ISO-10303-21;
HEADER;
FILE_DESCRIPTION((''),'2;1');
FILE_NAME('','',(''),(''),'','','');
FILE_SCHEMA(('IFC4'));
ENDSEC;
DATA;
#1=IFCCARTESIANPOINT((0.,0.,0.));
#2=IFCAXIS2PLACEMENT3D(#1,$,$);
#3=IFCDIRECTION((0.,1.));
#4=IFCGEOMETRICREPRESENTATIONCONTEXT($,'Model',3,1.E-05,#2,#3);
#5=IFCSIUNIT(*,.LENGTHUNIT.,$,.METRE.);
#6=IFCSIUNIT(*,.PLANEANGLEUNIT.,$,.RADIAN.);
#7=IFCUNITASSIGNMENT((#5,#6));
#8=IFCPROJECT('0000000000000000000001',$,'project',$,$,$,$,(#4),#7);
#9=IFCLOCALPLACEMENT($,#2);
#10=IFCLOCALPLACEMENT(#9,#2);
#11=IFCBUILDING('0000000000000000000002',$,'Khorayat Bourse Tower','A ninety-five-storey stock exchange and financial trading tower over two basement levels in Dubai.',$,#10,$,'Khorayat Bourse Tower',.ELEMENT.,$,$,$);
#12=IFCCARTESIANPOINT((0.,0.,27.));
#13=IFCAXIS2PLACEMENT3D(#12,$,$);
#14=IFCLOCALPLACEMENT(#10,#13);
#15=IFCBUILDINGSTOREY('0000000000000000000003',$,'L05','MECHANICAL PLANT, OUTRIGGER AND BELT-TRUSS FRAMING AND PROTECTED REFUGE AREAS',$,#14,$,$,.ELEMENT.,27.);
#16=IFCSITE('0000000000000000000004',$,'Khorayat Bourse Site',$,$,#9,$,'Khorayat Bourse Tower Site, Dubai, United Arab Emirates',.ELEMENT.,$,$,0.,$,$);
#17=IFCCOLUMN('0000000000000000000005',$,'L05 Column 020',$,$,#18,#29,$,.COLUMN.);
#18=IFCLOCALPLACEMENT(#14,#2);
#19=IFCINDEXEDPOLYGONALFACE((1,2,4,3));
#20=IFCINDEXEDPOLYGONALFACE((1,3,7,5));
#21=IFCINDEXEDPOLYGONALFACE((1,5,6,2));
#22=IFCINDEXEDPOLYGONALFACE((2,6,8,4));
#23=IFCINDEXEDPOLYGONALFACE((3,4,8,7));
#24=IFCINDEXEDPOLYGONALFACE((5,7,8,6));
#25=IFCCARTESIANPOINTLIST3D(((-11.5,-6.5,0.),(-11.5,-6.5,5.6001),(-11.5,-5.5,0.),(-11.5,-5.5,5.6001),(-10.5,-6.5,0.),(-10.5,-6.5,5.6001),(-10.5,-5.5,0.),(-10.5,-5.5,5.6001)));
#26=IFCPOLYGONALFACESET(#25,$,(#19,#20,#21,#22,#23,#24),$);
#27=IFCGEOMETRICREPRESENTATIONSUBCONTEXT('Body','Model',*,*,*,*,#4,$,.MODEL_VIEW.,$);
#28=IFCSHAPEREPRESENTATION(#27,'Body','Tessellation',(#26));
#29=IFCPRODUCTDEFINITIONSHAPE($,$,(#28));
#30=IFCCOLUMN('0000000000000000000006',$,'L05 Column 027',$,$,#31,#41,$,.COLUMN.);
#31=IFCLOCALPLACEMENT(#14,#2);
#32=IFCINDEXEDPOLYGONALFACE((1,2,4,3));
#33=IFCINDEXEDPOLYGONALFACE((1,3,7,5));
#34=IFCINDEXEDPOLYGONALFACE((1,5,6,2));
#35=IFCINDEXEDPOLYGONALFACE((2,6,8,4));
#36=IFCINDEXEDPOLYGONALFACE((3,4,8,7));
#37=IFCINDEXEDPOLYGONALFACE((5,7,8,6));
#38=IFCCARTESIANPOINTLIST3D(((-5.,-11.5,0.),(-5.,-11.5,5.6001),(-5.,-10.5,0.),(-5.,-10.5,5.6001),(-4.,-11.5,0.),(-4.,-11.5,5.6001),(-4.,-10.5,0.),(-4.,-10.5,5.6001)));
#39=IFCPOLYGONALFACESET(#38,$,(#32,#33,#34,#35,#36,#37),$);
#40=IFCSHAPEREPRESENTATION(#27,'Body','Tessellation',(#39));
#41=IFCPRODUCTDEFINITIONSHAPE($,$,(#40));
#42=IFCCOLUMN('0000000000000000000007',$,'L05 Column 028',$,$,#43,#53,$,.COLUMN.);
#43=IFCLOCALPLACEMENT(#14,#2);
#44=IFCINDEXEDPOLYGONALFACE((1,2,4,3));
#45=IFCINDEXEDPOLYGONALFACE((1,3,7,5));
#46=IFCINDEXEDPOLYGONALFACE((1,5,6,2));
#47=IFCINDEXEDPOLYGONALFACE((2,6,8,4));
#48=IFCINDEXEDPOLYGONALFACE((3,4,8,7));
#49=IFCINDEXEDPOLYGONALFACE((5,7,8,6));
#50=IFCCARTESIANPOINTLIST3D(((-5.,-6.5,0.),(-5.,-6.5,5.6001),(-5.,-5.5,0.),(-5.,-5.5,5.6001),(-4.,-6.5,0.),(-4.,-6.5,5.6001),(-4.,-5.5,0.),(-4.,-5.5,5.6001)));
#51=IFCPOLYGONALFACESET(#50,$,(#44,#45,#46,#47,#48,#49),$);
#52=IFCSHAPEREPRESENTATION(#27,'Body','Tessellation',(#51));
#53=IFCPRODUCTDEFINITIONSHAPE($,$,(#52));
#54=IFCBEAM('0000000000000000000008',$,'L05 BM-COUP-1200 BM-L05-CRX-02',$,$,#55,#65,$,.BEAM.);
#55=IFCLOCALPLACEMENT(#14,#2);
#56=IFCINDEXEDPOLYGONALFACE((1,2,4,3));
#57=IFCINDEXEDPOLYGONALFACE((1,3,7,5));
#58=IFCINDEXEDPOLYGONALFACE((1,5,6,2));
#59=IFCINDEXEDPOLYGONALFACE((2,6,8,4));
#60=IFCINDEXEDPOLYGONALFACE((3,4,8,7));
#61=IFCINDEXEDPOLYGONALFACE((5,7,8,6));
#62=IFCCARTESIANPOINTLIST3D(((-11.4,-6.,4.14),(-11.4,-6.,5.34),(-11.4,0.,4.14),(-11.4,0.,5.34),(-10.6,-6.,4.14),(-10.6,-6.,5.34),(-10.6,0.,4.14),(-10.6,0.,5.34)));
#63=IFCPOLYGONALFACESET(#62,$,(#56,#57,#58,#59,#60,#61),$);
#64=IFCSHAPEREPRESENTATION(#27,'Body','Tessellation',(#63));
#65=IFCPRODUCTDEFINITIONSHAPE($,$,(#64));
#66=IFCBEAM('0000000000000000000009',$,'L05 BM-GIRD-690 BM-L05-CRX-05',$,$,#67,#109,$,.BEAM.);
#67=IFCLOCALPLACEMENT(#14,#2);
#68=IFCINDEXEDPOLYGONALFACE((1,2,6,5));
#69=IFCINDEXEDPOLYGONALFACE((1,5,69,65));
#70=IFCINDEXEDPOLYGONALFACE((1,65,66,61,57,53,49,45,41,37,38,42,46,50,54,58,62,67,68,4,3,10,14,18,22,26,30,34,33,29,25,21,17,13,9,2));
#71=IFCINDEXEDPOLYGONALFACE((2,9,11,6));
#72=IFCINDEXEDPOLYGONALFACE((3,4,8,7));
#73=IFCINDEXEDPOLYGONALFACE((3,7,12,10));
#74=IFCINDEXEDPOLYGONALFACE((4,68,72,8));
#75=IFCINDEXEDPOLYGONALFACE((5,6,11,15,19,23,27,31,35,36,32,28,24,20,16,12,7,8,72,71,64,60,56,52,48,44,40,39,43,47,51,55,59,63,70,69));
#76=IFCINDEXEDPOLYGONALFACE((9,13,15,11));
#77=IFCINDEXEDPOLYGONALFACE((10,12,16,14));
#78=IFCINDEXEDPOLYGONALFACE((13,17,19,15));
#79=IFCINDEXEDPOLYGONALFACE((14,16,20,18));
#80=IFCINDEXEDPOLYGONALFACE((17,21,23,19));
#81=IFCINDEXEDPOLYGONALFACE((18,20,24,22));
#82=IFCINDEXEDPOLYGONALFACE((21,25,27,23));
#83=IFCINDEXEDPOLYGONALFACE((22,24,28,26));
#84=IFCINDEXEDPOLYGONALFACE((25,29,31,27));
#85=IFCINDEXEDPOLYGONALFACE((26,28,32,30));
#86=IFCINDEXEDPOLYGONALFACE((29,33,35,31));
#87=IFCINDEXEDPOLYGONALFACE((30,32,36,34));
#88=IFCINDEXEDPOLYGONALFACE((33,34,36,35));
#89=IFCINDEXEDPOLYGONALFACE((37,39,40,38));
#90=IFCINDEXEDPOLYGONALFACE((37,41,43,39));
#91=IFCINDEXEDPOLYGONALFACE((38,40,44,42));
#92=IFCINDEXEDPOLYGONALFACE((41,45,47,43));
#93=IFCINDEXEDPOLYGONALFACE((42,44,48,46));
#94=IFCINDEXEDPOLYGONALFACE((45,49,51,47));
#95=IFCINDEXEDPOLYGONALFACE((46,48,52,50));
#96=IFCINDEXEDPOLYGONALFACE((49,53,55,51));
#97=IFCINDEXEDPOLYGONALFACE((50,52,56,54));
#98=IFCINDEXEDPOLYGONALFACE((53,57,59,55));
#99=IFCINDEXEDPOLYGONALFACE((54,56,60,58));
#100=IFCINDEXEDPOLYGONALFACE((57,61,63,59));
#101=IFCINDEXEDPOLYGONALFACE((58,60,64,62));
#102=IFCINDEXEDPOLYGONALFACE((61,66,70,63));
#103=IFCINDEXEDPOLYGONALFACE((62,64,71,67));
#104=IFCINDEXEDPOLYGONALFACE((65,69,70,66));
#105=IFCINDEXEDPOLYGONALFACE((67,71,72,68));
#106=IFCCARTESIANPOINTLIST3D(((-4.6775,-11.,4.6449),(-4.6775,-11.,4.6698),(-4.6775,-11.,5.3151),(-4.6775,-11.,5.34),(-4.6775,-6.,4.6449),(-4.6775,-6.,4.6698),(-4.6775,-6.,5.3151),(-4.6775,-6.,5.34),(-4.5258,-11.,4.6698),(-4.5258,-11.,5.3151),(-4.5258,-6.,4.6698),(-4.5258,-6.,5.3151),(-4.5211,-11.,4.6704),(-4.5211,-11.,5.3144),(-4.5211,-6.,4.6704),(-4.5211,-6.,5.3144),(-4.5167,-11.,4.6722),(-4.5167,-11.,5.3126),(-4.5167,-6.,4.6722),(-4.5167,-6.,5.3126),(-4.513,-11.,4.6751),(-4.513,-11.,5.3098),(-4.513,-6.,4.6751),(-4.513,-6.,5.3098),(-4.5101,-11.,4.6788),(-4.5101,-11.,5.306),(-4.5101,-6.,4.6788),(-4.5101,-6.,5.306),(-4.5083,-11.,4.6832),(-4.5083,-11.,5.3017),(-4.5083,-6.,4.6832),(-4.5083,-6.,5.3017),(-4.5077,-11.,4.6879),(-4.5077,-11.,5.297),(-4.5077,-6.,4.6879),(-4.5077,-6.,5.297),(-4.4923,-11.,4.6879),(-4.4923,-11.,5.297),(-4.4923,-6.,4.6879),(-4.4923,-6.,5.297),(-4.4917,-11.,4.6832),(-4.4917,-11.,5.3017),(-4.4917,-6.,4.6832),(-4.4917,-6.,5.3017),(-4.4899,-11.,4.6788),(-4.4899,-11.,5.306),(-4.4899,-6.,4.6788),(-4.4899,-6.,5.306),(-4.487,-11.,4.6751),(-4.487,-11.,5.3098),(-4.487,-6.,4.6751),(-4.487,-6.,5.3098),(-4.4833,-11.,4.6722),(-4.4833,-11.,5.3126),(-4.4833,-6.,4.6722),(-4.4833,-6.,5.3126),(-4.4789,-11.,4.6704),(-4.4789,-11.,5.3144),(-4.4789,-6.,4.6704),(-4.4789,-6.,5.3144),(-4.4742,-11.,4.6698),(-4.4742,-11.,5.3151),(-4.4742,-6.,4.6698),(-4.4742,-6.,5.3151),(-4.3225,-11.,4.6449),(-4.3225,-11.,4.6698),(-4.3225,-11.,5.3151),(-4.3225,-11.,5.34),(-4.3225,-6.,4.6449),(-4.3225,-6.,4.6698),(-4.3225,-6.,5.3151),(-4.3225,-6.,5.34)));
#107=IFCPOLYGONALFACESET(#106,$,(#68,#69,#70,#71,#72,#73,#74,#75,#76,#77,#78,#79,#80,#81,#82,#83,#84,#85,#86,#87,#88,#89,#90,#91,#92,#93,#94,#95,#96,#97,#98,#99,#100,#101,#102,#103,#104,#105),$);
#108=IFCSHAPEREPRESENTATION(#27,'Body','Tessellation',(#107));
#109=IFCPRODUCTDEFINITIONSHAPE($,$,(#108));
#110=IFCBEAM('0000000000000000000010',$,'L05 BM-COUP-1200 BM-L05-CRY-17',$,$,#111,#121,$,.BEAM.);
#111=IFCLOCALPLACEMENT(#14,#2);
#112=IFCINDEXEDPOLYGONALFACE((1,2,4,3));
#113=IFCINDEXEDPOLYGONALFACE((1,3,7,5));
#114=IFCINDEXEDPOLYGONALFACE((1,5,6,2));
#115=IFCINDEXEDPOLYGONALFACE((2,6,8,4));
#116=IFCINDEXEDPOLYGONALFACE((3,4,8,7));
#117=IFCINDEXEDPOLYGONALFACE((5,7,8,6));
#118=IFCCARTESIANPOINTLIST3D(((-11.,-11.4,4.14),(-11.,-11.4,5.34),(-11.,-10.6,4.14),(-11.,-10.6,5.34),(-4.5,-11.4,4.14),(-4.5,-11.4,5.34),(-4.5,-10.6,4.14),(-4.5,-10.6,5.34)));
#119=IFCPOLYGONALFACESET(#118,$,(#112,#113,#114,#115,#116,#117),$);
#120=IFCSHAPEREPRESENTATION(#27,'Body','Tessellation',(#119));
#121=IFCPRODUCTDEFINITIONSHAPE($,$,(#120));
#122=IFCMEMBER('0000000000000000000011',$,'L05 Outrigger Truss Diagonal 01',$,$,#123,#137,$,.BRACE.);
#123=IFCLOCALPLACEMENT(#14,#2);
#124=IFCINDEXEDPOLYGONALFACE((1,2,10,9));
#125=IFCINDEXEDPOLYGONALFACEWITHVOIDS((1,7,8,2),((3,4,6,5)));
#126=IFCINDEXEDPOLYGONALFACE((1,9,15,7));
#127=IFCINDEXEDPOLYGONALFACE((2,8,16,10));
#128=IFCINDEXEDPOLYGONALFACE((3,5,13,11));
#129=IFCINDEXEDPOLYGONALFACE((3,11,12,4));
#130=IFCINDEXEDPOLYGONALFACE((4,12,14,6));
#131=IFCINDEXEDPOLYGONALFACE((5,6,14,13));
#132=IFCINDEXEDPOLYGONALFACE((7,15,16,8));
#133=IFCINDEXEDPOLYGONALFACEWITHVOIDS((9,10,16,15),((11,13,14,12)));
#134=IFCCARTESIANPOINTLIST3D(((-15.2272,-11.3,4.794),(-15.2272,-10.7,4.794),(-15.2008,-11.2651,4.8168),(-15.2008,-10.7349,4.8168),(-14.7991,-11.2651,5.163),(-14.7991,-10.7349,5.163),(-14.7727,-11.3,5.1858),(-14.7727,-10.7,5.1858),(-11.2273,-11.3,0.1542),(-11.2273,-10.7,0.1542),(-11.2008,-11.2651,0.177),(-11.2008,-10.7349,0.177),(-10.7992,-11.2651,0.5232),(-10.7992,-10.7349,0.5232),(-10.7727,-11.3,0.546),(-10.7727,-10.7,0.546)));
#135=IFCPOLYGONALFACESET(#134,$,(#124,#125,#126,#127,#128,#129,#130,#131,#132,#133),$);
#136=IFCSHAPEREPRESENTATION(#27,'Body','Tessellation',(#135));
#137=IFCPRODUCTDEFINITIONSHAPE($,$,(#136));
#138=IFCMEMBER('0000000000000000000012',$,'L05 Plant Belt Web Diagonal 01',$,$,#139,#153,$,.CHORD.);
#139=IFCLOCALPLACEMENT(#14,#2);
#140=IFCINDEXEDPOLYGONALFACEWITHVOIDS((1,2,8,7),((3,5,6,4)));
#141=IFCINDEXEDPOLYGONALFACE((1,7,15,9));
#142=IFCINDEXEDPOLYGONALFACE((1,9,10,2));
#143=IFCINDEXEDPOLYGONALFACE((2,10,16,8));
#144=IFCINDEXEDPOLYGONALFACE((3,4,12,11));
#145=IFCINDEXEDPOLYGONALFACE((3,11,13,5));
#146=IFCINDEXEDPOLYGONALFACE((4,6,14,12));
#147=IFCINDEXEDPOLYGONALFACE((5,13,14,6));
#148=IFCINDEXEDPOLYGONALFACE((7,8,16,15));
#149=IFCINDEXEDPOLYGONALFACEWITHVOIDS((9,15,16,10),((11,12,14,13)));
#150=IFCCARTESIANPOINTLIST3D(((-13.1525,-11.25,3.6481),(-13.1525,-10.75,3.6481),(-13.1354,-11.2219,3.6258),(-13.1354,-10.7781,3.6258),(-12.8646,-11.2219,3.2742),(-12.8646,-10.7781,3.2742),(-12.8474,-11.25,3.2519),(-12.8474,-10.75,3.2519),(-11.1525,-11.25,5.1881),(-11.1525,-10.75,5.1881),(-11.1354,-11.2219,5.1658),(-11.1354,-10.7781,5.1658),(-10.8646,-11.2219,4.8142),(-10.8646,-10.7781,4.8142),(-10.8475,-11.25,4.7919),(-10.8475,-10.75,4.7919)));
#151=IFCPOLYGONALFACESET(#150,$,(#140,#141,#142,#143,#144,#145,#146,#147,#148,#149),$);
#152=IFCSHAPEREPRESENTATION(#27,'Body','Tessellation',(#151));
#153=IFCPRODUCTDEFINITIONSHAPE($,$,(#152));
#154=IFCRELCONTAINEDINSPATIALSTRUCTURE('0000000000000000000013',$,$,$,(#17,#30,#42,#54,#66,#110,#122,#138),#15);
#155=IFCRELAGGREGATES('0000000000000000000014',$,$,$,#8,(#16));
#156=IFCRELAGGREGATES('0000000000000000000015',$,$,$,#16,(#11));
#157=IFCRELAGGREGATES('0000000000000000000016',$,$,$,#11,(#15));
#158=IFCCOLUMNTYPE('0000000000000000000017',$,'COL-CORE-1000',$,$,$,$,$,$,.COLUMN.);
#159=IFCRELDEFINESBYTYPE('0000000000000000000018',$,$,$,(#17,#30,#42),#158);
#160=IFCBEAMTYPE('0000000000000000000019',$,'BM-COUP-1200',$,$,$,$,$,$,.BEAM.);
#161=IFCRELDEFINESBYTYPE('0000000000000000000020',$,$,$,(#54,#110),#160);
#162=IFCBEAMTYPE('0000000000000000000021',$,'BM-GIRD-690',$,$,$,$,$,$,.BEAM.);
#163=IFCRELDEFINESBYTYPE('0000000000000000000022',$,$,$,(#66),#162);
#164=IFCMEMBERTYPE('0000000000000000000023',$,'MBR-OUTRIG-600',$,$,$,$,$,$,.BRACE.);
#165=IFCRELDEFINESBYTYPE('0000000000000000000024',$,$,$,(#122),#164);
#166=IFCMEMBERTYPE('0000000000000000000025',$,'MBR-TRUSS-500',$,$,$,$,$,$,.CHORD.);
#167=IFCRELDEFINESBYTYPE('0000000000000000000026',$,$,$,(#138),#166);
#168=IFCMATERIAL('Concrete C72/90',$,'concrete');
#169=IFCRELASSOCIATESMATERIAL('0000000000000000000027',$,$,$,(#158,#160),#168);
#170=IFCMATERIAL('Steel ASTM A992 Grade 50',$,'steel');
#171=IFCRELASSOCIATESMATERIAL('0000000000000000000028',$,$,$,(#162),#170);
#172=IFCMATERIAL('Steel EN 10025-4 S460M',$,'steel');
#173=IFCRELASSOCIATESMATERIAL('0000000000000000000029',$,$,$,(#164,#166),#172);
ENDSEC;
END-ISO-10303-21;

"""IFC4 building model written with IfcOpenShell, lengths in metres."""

from ifc_helpers import new_model, si_unit, direction, frame, origin, origin_2d, place, context, subcontext, project, spatial, rectangle, hollow_rectangle, i_section, extrude, source, transform, mapped, material, material_profile, profile_set, type_object, element, save


model = new_model("IFC4")

# Units and contexts
model_context = context("Model", 3, precision=1e-05, world=origin(), true_north=direction((0.0, 1.0)))
body_context = subcontext(model_context, "Body", "Model", "MODEL_VIEW")
ifc_project = project(units=[si_unit("LENGTHUNIT", "METRE"), si_unit("PLANEANGLEUNIT", "RADIAN")], contexts=[model_context])

# Site, building, storey
site_placement = place(None, origin())
site = spatial("IfcSite", under=ifc_project, at=site_placement, Name="Khorayat Bourse Site", LongName="Khorayat Bourse Tower Site, Dubai, United Arab Emirates", CompositionType="ELEMENT", RefElevation=0.0)
building_placement = place(site_placement, origin())
building = spatial("IfcBuilding", under=site, at=building_placement, Name="Khorayat Bourse Tower", Description="A ninety-five-storey stock exchange and financial trading tower over two basement levels in Dubai.", LongName="Khorayat Bourse Tower", CompositionType="ELEMENT")
storey_placement = place(building_placement, frame((0.0, 0.0, 27.0)))
storey = spatial("IfcBuildingStorey", under=building, at=storey_placement, Name="L05", Description="MECHANICAL PLANT, OUTRIGGER AND BELT-TRUSS FRAMING AND PROTECTED REFUGE AREAS", CompositionType="ELEMENT", Elevation=27.0)

# Columns
ifc_material_1 = material(Name="Concrete C72/90", Category="concrete")
ifc_material_profile_1 = material_profile(ifc_material_1, rectangle(XDim=1.0, YDim=1.0, at=origin_2d()), Name="RC 1000x1000")
ifc_profile_set_1 = profile_set([ifc_material_profile_1], Name="Concrete C72/90")
column_type = type_object("IfcColumnType", Name="COL-CORE-1000", PredefinedType="COLUMN", material=ifc_profile_set_1)
shared_shape_1 = source(origin(), body_context, "Body", "SweptSolid", [
    extrude(rectangle(XDim=1.0, YDim=1.0, at=origin_2d()), origin(), (0.0, 0.0, 1.0), 5.6001),
])
for number, where, z_axis, x_axis, name in (
    (1, (-11.0, -6.0, 0.0), (0.0, 0.0, 1.0), (1.0, 0.0, 0.0), "L05 Column 020"),
    (2, (-4.5, -11.0, 0.0), (0.0, 0.0, 1.0), (1.0, 0.0, 0.0), "L05 Column 027"),
    (3, (-4.5, -6.0, 0.0), (0.0, 0.0, 1.0), (1.0, 0.0, 0.0), "L05 Column 028"),
):
    element("IfcColumn", number, at=place(storey_placement, frame(where, z_axis=z_axis, x_axis=x_axis)), inside=storey, type_object=column_type, Name=name, PredefinedType="COLUMN", context=body_context, shape_type="MappedRepresentation", body=[
        mapped(shared_shape_1, transform((0.0, 0.0, 0.0), scale=1.0)),
    ])

# Beams
ifc_material_profile_2 = material_profile(ifc_material_1, rectangle(XDim=0.8, YDim=1.2, at=origin_2d()), Name="RC 800x1200")
ifc_profile_set_2 = profile_set([ifc_material_profile_2], Name="Concrete C72/90")
beam_type_1 = type_object("IfcBeamType", Name="BM-COUP-1200", PredefinedType="BEAM", material=ifc_profile_set_2)
shared_shape_2 = source(origin(), body_context, "Body", "SweptSolid", [
    extrude(rectangle(XDim=0.8, YDim=1.2, at=origin_2d()), origin(), (0.0, 0.0, 1.0), 6.0),
])
beam_1_placement = place(storey_placement, frame((-11.0, -6.0, 4.74), z_axis=(0.0, 1.0, 0.0), x_axis=(-1.0, 0.0, 0.0)))
element("IfcBeam", 4, at=beam_1_placement, inside=storey, type_object=beam_type_1, Name="L05 BM-COUP-1200 BM-L05-CRX-02", PredefinedType="BEAM", context=body_context, shape_type="MappedRepresentation", body=[
    mapped(shared_shape_2, transform((0.0, 0.0, 0.0), scale=1.0)),
])
ifc_material_2 = material(Name="Steel ASTM A992 Grade 50", Category="steel")
ifc_material_profile_3 = material_profile(ifc_material_2, i_section(OverallWidth=0.355, OverallDepth=0.6951, WebThickness=0.0154, FlangeThickness=0.0249, FilletRadius=0.0181, at=origin_2d()), Name="W690X217")
ifc_profile_set_3 = profile_set([ifc_material_profile_3], Name="Steel ASTM A992 Grade 50")
beam_type_2 = type_object("IfcBeamType", Name="BM-GIRD-690", PredefinedType="BEAM", material=ifc_profile_set_3)
shared_shape_3 = source(origin(), body_context, "Body", "SweptSolid", [
    extrude(i_section(OverallWidth=0.355, OverallDepth=0.6951, WebThickness=0.0154, FlangeThickness=0.0249, FilletRadius=0.0181, at=origin_2d()), origin(), (0.0, 0.0, 1.0), 5.0),
])
beam_2_placement = place(storey_placement, frame((-4.5, -11.0, 4.9924), z_axis=(0.0, 1.0, 0.0), x_axis=(-1.0, 0.0, 0.0)))
element("IfcBeam", 5, at=beam_2_placement, inside=storey, type_object=beam_type_2, Name="L05 BM-GIRD-690 BM-L05-CRX-05", PredefinedType="BEAM", context=body_context, shape_type="MappedRepresentation", body=[
    mapped(shared_shape_3, transform((0.0, 0.0, 0.0), scale=1.0)),
])
shared_shape_4 = source(origin(), body_context, "Body", "SweptSolid", [
    extrude(rectangle(XDim=0.8, YDim=1.2, at=origin_2d()), origin(), (0.0, 0.0, 1.0), 6.5),
])
beam_3_placement = place(storey_placement, frame((-11.0, -11.0, 4.74), z_axis=(1.0, 0.0, 0.0), x_axis=(0.0, 1.0, 0.0)))
element("IfcBeam", 6, at=beam_3_placement, inside=storey, type_object=beam_type_1, Name="L05 BM-COUP-1200 BM-L05-CRY-17", PredefinedType="BEAM", context=body_context, shape_type="MappedRepresentation", body=[
    mapped(shared_shape_4, transform((0.0, 0.0, 0.0), scale=1.0)),
])

# Members
ifc_material_3 = material(Name="Steel EN 10025-4 S460M", Category="steel")
ifc_material_profile_4 = material_profile(ifc_material_3, hollow_rectangle(XDim=0.6001, YDim=0.6001, WallThickness=0.0349, at=origin_2d()), Name="BOX 600x600x35")
ifc_profile_set_4 = profile_set([ifc_material_profile_4], Name="Steel EN 10025-4 S460M")
member_type_1 = type_object("IfcMemberType", Name="MBR-OUTRIG-600", PredefinedType="BRACE", material=ifc_profile_set_4)
shared_shape_5 = source(origin(), body_context, "Body", "SweptSolid", [
    extrude(hollow_rectangle(XDim=0.6001, YDim=0.6001, WallThickness=0.0349, at=origin_2d()), origin(), (0.0, 0.0, 1.0), 6.126),
])
member_1_placement = place(storey_placement, frame((-11.0, -11.0, 0.3501), z_axis=(-0.652948, 0.0, 0.757402), x_axis=(0.0, -1.0, 0.0)))
element("IfcMember", 7, at=member_1_placement, inside=storey, type_object=member_type_1, Name="L05 Outrigger Truss Diagonal 01", PredefinedType="BRACE", context=body_context, shape_type="MappedRepresentation", body=[
    mapped(shared_shape_5, transform((0.0, 0.0, 0.0), scale=1.0)),
])
ifc_material_profile_5 = material_profile(ifc_material_3, hollow_rectangle(XDim=0.5, YDim=0.5, WallThickness=0.0281, at=origin_2d()), Name="HSS 500x500x28")
ifc_profile_set_5 = profile_set([ifc_material_profile_5], Name="Steel EN 10025-4 S460M")
member_type_2 = type_object("IfcMemberType", Name="MBR-TRUSS-500", PredefinedType="CHORD", material=ifc_profile_set_5)
shared_shape_6 = source(origin(), body_context, "Body", "SweptSolid", [
    extrude(hollow_rectangle(XDim=0.5, YDim=0.5, WallThickness=0.0281, at=origin_2d()), origin(), (0.0, 0.0, 1.0), 2.5242),
])
member_2_placement = place(storey_placement, frame((-11.0, -11.0, 4.99), z_axis=(-0.792322, 0.0, -0.610103), x_axis=(0.0, -1.0, 0.0)))
element("IfcMember", 8, at=member_2_placement, inside=storey, type_object=member_type_2, Name="L05 Plant Belt Web Diagonal 01", PredefinedType="CHORD", context=body_context, shape_type="MappedRepresentation", body=[
    mapped(shared_shape_6, transform((0.0, 0.0, 0.0), scale=1.0)),
])

save(model, "model.ifc")
